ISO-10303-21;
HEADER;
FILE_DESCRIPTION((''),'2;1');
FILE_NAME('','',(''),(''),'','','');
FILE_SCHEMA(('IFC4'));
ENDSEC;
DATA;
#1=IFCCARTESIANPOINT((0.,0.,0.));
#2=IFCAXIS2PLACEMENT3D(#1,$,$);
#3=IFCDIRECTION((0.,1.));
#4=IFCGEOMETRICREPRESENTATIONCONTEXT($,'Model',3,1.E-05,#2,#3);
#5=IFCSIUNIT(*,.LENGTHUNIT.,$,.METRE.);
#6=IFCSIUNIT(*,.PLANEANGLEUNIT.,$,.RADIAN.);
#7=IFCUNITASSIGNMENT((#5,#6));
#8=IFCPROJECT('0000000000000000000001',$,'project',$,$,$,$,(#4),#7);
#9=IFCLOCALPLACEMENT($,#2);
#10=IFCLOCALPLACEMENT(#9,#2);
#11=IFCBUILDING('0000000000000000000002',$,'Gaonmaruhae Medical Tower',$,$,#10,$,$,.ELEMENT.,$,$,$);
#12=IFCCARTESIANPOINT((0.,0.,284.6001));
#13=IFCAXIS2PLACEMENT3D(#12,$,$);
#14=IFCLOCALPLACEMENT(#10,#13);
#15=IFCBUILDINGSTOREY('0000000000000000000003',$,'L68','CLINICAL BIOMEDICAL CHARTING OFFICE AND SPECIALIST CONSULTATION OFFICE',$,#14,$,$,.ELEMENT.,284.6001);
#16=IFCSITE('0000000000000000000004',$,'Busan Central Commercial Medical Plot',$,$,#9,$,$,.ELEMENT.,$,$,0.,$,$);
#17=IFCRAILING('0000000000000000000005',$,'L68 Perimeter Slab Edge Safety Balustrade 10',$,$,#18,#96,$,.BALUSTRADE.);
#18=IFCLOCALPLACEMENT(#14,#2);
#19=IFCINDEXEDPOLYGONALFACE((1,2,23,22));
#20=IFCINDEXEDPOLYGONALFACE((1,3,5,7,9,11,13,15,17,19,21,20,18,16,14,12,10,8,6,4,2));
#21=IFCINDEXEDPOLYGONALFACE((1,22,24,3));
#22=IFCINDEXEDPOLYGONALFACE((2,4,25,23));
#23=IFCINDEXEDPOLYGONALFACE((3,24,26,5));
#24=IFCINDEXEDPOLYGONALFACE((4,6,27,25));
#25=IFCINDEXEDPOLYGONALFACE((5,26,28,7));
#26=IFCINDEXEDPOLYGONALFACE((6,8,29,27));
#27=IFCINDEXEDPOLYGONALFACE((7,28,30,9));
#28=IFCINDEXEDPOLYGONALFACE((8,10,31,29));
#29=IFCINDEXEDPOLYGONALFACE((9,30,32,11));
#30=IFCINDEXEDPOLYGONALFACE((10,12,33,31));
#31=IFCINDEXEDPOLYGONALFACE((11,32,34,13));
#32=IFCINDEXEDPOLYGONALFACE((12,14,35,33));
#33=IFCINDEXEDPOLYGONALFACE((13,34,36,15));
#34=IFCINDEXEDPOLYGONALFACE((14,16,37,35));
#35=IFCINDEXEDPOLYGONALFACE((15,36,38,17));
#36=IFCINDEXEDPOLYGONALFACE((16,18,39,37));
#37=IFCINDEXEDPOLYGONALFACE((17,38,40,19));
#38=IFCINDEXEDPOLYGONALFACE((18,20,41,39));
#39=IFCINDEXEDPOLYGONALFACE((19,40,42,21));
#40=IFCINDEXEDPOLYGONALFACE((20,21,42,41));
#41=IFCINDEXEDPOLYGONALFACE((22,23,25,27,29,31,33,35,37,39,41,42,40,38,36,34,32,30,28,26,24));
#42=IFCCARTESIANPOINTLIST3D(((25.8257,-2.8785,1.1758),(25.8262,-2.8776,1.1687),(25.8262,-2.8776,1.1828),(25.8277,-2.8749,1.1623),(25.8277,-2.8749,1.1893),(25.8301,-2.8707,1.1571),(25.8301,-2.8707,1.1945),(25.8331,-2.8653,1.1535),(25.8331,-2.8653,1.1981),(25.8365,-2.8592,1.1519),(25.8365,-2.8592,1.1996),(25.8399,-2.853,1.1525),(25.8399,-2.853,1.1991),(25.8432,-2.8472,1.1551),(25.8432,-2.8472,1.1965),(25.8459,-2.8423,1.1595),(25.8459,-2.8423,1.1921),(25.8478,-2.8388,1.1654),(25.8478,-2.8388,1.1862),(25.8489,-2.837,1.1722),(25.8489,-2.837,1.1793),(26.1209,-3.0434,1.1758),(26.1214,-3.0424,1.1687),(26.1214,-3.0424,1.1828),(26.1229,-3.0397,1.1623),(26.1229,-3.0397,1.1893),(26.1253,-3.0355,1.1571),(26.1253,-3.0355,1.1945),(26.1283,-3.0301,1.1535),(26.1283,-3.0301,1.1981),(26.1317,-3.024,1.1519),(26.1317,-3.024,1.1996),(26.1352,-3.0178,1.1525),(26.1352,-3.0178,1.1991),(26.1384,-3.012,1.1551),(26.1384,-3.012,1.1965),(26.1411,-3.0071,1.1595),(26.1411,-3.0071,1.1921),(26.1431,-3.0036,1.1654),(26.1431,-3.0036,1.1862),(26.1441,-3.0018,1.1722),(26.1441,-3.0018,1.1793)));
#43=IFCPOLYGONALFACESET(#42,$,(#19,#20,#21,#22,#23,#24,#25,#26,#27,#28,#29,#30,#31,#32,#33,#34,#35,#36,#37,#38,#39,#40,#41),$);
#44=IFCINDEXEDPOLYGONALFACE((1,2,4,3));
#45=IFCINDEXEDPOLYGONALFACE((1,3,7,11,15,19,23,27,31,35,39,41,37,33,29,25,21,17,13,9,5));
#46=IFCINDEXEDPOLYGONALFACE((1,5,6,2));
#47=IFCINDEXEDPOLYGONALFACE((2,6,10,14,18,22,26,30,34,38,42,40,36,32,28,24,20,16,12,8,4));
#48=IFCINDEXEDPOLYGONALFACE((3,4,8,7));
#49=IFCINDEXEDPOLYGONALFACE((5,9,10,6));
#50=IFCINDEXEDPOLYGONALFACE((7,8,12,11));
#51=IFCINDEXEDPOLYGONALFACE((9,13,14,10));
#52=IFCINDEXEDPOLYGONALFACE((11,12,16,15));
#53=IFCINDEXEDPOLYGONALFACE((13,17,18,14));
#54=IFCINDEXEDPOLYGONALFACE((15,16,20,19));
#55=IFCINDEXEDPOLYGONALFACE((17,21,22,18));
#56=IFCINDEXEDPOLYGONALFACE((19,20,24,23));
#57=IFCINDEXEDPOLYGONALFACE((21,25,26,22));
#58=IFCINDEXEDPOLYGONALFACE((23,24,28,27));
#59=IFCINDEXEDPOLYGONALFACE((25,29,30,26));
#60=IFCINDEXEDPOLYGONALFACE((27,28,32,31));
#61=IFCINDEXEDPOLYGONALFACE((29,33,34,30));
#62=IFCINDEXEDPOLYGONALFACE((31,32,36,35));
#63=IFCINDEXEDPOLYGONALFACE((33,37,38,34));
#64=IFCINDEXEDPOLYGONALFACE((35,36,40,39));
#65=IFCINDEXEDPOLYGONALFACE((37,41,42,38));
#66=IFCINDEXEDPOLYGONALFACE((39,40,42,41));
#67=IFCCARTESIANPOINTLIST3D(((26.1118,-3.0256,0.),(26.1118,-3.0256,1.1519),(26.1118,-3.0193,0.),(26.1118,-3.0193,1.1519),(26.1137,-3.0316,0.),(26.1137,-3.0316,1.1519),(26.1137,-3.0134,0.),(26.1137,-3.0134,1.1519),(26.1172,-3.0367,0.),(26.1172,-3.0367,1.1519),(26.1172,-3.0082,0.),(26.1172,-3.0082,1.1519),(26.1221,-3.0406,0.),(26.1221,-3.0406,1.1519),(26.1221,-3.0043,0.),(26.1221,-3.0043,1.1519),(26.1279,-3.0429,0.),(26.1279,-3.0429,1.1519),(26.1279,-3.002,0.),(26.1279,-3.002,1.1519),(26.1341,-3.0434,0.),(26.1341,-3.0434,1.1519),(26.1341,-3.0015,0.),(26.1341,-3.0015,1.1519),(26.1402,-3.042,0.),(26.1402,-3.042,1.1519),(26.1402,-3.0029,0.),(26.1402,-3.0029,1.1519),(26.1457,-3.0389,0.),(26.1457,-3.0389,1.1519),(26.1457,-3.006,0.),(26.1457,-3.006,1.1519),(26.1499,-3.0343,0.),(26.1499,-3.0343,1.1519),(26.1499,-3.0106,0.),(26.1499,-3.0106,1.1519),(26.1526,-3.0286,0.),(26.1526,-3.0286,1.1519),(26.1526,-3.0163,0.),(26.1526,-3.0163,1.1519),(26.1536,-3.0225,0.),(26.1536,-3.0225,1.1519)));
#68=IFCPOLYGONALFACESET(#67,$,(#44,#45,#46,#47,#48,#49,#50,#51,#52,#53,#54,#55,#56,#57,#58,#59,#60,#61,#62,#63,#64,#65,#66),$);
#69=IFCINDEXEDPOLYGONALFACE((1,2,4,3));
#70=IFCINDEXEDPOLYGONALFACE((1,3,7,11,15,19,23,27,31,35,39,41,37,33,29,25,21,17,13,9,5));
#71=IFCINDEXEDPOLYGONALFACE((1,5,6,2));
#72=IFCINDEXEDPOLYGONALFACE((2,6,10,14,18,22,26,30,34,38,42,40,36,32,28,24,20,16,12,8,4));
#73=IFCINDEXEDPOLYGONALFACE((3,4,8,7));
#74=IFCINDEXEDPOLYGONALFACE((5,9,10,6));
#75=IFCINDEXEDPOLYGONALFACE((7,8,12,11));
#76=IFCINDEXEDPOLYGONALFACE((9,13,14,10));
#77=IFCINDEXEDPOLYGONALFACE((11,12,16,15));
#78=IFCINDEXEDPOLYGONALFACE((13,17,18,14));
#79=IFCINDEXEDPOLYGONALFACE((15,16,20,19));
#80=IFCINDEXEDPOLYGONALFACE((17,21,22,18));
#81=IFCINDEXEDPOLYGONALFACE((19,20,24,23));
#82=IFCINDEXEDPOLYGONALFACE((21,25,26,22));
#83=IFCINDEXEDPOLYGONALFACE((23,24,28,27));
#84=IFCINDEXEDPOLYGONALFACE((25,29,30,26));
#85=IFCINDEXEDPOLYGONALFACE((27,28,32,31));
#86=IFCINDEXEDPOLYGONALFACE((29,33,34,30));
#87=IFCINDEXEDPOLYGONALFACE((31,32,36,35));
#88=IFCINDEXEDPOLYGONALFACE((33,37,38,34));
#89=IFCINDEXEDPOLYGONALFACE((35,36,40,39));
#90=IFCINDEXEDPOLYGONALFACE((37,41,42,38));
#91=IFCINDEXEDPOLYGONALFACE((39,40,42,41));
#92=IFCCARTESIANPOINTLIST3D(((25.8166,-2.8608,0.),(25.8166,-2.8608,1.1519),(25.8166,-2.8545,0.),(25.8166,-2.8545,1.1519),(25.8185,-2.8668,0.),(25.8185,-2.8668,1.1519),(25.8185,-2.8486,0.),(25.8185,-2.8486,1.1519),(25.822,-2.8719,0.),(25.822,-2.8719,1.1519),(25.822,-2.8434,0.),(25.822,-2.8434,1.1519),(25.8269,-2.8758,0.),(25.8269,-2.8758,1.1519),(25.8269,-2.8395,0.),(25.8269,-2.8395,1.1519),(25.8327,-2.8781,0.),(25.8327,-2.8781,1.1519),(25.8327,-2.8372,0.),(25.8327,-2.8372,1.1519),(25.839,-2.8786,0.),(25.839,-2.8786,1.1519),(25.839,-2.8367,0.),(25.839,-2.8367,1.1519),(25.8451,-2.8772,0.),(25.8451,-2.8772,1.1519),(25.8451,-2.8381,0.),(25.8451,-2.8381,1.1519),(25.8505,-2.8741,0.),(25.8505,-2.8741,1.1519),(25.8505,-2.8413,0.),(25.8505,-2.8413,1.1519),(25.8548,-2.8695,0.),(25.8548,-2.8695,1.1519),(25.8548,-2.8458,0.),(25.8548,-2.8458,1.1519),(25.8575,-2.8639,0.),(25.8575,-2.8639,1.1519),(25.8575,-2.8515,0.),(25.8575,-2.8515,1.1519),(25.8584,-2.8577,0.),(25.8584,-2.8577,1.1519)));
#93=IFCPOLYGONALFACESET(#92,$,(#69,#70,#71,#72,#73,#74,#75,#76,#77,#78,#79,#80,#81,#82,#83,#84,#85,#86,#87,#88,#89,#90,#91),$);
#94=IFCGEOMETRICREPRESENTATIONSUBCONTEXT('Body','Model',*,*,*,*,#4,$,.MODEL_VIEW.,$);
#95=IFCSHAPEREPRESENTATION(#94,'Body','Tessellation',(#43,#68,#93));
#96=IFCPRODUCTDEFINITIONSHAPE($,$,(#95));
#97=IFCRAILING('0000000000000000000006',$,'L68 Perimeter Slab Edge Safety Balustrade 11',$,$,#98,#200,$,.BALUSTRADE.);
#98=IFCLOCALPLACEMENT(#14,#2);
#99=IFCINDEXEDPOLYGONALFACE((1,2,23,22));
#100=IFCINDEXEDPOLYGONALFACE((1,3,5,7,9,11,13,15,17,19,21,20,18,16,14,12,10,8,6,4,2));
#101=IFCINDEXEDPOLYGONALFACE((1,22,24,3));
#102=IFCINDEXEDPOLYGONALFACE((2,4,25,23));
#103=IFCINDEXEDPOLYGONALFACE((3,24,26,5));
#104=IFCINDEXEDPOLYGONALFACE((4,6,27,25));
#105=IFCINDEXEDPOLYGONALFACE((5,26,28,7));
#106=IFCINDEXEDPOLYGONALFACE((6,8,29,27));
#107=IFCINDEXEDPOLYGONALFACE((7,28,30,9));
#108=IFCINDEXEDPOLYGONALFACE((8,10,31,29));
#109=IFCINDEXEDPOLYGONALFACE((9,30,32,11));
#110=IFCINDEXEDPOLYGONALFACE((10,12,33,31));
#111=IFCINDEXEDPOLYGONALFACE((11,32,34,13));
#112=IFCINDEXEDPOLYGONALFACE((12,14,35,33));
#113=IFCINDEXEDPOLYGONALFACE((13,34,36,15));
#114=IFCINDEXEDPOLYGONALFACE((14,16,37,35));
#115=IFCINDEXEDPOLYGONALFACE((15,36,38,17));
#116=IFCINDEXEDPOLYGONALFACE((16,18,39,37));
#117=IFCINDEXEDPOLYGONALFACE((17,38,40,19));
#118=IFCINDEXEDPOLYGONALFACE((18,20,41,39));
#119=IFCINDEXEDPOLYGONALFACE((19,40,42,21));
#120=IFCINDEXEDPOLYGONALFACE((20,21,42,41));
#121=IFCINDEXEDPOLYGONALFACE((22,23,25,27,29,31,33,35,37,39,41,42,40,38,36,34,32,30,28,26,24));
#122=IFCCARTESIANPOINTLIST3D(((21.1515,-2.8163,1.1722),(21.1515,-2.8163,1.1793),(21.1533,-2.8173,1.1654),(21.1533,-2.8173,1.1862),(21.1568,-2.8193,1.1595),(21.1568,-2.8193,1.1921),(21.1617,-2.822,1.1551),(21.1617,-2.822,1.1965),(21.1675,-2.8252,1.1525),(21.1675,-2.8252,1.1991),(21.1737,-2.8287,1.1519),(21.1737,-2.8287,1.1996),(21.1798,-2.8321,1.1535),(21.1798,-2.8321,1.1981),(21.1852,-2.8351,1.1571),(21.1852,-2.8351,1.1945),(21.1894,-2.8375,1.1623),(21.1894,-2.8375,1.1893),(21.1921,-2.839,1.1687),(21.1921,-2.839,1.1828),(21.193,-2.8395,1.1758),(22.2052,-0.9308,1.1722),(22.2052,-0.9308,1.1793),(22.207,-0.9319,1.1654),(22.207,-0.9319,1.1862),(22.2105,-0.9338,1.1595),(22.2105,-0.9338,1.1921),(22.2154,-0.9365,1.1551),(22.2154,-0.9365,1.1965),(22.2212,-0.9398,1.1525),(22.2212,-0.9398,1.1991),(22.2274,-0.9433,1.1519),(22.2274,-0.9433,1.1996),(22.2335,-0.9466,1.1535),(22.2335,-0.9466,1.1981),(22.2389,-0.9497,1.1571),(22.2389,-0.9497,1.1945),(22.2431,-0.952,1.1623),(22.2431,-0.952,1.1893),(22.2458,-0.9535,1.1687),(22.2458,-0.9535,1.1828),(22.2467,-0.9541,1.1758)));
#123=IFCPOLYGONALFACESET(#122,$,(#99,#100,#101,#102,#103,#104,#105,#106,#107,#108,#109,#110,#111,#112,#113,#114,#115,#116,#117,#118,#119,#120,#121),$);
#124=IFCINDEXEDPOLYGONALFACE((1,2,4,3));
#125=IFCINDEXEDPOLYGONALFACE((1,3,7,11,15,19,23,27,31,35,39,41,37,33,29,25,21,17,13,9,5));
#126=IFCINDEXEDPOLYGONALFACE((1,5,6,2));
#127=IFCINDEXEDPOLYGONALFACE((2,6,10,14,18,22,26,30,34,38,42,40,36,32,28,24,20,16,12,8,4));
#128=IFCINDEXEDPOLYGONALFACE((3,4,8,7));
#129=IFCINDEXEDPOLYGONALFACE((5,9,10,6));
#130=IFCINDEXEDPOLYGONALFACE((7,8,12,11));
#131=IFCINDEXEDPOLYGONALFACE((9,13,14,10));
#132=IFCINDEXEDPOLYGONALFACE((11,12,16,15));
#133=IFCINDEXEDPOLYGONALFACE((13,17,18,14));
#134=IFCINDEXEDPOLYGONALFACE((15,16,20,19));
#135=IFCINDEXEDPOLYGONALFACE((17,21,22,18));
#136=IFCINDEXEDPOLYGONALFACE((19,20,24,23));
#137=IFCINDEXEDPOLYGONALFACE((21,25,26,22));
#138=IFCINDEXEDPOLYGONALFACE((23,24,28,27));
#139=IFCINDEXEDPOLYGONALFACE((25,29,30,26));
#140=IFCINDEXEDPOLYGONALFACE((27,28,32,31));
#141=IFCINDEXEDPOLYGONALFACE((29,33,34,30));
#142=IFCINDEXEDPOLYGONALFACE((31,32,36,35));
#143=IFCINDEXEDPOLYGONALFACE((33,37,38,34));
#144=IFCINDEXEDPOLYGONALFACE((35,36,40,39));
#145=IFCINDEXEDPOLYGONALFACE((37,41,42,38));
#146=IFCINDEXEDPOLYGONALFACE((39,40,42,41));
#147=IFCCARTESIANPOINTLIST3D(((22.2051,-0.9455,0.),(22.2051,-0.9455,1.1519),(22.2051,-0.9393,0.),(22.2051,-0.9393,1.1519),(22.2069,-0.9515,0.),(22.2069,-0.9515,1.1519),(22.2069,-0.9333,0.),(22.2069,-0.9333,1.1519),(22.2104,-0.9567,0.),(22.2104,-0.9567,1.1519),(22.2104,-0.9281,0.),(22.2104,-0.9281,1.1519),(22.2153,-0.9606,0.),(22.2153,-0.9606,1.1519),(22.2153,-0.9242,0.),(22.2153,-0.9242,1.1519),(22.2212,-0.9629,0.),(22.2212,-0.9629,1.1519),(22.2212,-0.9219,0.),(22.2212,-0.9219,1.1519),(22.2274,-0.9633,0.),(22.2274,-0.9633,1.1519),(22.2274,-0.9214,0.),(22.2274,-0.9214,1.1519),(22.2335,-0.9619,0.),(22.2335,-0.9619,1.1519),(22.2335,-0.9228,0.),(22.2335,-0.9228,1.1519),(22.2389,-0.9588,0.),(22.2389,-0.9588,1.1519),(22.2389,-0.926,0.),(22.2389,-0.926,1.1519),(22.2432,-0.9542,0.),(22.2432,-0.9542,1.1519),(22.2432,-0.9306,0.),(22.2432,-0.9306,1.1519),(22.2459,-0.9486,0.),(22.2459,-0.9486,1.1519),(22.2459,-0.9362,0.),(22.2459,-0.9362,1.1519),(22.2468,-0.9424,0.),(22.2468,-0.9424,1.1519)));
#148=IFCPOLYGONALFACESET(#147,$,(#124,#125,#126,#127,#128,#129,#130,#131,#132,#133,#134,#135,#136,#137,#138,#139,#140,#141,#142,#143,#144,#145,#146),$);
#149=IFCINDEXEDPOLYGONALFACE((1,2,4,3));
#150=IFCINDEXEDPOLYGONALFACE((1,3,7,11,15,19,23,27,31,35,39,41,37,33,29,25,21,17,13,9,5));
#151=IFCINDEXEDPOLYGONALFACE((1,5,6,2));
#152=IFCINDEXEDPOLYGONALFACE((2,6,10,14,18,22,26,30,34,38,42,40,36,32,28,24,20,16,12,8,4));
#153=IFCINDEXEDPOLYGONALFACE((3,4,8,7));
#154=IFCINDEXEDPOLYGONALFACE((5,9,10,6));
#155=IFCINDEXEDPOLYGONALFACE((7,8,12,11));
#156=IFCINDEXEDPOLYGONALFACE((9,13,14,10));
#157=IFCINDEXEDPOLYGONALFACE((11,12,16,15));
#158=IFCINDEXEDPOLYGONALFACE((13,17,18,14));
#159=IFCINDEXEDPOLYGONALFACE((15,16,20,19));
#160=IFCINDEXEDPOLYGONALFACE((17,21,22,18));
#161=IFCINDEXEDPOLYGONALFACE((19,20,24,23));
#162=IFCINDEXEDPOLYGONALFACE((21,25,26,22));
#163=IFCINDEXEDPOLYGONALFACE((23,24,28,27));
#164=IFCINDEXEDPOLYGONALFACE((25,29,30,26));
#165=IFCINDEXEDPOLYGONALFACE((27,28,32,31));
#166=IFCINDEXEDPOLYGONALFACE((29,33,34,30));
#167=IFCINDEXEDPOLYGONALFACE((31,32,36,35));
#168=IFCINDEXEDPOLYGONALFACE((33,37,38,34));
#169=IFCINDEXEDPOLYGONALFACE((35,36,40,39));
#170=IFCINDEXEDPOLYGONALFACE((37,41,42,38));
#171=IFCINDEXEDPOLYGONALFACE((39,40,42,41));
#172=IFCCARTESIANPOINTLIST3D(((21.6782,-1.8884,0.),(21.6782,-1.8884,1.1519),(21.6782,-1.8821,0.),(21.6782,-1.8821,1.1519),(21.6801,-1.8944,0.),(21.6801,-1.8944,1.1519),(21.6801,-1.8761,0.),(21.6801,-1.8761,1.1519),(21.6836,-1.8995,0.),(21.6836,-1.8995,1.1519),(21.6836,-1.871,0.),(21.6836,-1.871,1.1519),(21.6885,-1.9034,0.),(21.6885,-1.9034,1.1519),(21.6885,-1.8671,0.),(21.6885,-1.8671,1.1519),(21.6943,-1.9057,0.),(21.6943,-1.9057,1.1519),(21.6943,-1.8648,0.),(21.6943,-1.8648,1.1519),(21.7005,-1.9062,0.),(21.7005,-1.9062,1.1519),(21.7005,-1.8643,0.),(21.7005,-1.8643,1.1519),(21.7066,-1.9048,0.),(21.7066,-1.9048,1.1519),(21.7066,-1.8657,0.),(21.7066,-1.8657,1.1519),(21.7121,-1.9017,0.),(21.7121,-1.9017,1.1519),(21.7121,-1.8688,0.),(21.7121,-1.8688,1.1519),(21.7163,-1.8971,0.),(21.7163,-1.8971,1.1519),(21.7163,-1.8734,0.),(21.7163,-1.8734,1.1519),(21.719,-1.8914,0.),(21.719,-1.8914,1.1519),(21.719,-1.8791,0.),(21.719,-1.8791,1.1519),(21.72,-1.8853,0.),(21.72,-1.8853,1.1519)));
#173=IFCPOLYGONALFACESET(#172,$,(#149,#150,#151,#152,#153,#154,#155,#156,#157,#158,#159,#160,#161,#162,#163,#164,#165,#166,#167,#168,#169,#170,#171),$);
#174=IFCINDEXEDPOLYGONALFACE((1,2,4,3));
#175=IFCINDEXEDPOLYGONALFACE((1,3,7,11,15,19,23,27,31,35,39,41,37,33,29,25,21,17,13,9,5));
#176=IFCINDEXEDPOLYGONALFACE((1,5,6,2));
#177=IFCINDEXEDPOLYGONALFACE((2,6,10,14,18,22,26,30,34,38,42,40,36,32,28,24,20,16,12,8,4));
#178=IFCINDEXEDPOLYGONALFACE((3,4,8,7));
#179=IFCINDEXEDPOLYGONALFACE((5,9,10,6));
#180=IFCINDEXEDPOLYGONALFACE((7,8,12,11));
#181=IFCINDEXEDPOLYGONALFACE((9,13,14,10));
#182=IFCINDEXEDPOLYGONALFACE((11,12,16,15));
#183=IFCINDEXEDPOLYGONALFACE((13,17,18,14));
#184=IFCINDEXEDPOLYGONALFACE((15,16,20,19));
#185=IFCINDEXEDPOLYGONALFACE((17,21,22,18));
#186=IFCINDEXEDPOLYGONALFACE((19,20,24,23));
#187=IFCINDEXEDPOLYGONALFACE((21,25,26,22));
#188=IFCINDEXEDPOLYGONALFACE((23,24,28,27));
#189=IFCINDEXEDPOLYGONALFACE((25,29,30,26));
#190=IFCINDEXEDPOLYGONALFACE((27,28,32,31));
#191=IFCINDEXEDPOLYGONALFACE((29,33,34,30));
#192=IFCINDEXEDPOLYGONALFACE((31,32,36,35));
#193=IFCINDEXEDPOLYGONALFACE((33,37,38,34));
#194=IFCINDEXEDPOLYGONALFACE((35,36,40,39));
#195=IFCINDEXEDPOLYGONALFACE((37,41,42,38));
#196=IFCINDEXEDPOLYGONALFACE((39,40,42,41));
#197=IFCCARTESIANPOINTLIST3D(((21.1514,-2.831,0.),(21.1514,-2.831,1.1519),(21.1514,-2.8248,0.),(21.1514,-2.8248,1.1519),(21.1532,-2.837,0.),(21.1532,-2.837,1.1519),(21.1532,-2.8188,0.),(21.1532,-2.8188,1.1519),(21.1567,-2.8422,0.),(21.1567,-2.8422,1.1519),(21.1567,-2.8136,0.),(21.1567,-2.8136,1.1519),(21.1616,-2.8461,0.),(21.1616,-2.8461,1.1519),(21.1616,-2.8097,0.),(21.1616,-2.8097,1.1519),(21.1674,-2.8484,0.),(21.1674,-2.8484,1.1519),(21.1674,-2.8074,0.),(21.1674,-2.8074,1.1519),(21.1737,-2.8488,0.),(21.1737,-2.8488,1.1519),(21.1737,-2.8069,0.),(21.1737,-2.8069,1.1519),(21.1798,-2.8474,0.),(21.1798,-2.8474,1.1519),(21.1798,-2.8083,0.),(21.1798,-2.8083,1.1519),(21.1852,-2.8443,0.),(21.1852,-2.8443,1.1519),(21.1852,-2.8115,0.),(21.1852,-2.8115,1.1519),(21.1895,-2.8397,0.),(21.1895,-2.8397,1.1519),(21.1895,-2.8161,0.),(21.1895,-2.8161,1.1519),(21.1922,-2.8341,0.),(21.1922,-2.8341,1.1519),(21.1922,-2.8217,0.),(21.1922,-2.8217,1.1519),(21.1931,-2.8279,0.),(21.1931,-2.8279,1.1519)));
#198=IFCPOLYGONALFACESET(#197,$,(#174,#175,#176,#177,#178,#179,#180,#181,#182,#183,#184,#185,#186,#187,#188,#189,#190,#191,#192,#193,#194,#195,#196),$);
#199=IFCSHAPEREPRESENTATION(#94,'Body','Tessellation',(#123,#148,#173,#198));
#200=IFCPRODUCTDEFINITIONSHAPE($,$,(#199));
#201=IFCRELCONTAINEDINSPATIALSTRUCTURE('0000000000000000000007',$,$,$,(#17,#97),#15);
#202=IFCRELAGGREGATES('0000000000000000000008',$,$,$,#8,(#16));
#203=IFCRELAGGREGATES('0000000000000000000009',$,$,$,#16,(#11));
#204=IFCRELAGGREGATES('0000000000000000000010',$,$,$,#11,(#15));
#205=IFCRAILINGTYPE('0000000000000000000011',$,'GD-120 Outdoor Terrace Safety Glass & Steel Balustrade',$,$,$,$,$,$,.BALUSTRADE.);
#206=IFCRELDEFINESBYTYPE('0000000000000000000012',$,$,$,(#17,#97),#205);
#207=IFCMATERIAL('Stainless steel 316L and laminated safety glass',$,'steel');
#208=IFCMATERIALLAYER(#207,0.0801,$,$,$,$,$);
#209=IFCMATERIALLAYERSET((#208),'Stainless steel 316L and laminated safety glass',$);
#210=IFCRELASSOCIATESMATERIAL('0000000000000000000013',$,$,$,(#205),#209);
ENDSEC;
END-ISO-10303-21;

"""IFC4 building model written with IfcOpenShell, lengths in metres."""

from ifc_helpers import new_model, si_unit, direction, frame, origin, origin_2d, place, context, subcontext, project, spatial, circle, extrude, material, layer, layer_set, type_object, element, save


model = new_model("IFC4")

# Units and contexts
model_context = context("Model", 3, precision=1e-05, world=origin(), true_north=direction((0.0, 1.0)))
body_context = subcontext(model_context, "Body", "Model", "MODEL_VIEW")
ifc_project = project(units=[si_unit("LENGTHUNIT", "METRE"), si_unit("PLANEANGLEUNIT", "RADIAN")], contexts=[model_context])

# Site, building, storey
site_placement = place(None, origin())
site = spatial("IfcSite", under=ifc_project, at=site_placement, Name="Busan Central Commercial Medical Plot", CompositionType="ELEMENT", RefElevation=0.0)
building_placement = place(site_placement, origin())
building = spatial("IfcBuilding", under=site, at=building_placement, Name="Gaonmaruhae Medical Tower", CompositionType="ELEMENT")
storey_placement = place(building_placement, frame((0.0, 0.0, 284.6001)))
storey = spatial("IfcBuildingStorey", under=building, at=storey_placement, Name="L68", Description="CLINICAL BIOMEDICAL CHARTING OFFICE AND SPECIALIST CONSULTATION OFFICE", CompositionType="ELEMENT", Elevation=284.6001)

# Railings
ifc_material_1 = material(Name="Stainless steel 316L and laminated safety glass", Category="steel")
ifc_layer_1 = layer(ifc_material_1, 0.0801)
ifc_layer_set_1 = layer_set([ifc_layer_1], Name="Stainless steel 316L and laminated safety glass")
railing_type = type_object("IfcRailingType", Name="GD-120 Outdoor Terrace Safety Glass & Steel Balustrade", PredefinedType="BALUSTRADE", material=ifc_layer_set_1)
railing_1_placement = place(storey_placement, frame((26.1326, -3.0225, 0.0)))
element("IfcRailing", 1, at=railing_1_placement, inside=storey, type_object=railing_type, Name="L68 Perimeter Slab Edge Safety Balustrade 10", PredefinedType="BALUSTRADE", context=body_context, shape_type="SweptSolid", body=[
    extrude(circle(Radius=0.0239, at=origin_2d()), frame((0.0, 0.0, 1.1758), z_axis=(-0.873133, 0.487481, 0.0), x_axis=(-0.487481, -0.873133, 0.0)), (0.0, 0.0, 1.0), 0.3381),
    extrude(circle(Radius=0.021, at=origin_2d()), origin(), (0.0, 0.0, 1.0), 1.1519),
    extrude(circle(Radius=0.021, at=origin_2d()), frame((-0.2952, 0.1648, 0.0)), (0.0, 0.0, 1.0), 1.1519),
])
railing_2_placement = place(storey_placement, frame((22.2258, -0.9424, 0.0)))
element("IfcRailing", 2, at=railing_2_placement, inside=storey, type_object=railing_type, Name="L68 Perimeter Slab Edge Safety Balustrade 11", PredefinedType="BALUSTRADE", context=body_context, shape_type="SweptSolid", body=[
    extrude(circle(Radius=0.0239, at=origin_2d()), frame((0.0, 0.0, 1.1758), z_axis=(-0.487839, -0.872934, 0.0), x_axis=(0.872934, -0.487839, 0.0)), (0.0, 0.0, 1.0), 2.1599),
    extrude(circle(Radius=0.021, at=origin_2d()), origin(), (0.0, 0.0, 1.0), 1.1519),
    extrude(circle(Radius=0.021, at=origin_2d()), frame((-0.5269, -0.9429, 0.0)), (0.0, 0.0, 1.0), 1.1519),
    extrude(circle(Radius=0.021, at=origin_2d()), frame((-1.0537, -1.8855, 0.0)), (0.0, 0.0, 1.0), 1.1519),
])

save(model, "model.ifc")
